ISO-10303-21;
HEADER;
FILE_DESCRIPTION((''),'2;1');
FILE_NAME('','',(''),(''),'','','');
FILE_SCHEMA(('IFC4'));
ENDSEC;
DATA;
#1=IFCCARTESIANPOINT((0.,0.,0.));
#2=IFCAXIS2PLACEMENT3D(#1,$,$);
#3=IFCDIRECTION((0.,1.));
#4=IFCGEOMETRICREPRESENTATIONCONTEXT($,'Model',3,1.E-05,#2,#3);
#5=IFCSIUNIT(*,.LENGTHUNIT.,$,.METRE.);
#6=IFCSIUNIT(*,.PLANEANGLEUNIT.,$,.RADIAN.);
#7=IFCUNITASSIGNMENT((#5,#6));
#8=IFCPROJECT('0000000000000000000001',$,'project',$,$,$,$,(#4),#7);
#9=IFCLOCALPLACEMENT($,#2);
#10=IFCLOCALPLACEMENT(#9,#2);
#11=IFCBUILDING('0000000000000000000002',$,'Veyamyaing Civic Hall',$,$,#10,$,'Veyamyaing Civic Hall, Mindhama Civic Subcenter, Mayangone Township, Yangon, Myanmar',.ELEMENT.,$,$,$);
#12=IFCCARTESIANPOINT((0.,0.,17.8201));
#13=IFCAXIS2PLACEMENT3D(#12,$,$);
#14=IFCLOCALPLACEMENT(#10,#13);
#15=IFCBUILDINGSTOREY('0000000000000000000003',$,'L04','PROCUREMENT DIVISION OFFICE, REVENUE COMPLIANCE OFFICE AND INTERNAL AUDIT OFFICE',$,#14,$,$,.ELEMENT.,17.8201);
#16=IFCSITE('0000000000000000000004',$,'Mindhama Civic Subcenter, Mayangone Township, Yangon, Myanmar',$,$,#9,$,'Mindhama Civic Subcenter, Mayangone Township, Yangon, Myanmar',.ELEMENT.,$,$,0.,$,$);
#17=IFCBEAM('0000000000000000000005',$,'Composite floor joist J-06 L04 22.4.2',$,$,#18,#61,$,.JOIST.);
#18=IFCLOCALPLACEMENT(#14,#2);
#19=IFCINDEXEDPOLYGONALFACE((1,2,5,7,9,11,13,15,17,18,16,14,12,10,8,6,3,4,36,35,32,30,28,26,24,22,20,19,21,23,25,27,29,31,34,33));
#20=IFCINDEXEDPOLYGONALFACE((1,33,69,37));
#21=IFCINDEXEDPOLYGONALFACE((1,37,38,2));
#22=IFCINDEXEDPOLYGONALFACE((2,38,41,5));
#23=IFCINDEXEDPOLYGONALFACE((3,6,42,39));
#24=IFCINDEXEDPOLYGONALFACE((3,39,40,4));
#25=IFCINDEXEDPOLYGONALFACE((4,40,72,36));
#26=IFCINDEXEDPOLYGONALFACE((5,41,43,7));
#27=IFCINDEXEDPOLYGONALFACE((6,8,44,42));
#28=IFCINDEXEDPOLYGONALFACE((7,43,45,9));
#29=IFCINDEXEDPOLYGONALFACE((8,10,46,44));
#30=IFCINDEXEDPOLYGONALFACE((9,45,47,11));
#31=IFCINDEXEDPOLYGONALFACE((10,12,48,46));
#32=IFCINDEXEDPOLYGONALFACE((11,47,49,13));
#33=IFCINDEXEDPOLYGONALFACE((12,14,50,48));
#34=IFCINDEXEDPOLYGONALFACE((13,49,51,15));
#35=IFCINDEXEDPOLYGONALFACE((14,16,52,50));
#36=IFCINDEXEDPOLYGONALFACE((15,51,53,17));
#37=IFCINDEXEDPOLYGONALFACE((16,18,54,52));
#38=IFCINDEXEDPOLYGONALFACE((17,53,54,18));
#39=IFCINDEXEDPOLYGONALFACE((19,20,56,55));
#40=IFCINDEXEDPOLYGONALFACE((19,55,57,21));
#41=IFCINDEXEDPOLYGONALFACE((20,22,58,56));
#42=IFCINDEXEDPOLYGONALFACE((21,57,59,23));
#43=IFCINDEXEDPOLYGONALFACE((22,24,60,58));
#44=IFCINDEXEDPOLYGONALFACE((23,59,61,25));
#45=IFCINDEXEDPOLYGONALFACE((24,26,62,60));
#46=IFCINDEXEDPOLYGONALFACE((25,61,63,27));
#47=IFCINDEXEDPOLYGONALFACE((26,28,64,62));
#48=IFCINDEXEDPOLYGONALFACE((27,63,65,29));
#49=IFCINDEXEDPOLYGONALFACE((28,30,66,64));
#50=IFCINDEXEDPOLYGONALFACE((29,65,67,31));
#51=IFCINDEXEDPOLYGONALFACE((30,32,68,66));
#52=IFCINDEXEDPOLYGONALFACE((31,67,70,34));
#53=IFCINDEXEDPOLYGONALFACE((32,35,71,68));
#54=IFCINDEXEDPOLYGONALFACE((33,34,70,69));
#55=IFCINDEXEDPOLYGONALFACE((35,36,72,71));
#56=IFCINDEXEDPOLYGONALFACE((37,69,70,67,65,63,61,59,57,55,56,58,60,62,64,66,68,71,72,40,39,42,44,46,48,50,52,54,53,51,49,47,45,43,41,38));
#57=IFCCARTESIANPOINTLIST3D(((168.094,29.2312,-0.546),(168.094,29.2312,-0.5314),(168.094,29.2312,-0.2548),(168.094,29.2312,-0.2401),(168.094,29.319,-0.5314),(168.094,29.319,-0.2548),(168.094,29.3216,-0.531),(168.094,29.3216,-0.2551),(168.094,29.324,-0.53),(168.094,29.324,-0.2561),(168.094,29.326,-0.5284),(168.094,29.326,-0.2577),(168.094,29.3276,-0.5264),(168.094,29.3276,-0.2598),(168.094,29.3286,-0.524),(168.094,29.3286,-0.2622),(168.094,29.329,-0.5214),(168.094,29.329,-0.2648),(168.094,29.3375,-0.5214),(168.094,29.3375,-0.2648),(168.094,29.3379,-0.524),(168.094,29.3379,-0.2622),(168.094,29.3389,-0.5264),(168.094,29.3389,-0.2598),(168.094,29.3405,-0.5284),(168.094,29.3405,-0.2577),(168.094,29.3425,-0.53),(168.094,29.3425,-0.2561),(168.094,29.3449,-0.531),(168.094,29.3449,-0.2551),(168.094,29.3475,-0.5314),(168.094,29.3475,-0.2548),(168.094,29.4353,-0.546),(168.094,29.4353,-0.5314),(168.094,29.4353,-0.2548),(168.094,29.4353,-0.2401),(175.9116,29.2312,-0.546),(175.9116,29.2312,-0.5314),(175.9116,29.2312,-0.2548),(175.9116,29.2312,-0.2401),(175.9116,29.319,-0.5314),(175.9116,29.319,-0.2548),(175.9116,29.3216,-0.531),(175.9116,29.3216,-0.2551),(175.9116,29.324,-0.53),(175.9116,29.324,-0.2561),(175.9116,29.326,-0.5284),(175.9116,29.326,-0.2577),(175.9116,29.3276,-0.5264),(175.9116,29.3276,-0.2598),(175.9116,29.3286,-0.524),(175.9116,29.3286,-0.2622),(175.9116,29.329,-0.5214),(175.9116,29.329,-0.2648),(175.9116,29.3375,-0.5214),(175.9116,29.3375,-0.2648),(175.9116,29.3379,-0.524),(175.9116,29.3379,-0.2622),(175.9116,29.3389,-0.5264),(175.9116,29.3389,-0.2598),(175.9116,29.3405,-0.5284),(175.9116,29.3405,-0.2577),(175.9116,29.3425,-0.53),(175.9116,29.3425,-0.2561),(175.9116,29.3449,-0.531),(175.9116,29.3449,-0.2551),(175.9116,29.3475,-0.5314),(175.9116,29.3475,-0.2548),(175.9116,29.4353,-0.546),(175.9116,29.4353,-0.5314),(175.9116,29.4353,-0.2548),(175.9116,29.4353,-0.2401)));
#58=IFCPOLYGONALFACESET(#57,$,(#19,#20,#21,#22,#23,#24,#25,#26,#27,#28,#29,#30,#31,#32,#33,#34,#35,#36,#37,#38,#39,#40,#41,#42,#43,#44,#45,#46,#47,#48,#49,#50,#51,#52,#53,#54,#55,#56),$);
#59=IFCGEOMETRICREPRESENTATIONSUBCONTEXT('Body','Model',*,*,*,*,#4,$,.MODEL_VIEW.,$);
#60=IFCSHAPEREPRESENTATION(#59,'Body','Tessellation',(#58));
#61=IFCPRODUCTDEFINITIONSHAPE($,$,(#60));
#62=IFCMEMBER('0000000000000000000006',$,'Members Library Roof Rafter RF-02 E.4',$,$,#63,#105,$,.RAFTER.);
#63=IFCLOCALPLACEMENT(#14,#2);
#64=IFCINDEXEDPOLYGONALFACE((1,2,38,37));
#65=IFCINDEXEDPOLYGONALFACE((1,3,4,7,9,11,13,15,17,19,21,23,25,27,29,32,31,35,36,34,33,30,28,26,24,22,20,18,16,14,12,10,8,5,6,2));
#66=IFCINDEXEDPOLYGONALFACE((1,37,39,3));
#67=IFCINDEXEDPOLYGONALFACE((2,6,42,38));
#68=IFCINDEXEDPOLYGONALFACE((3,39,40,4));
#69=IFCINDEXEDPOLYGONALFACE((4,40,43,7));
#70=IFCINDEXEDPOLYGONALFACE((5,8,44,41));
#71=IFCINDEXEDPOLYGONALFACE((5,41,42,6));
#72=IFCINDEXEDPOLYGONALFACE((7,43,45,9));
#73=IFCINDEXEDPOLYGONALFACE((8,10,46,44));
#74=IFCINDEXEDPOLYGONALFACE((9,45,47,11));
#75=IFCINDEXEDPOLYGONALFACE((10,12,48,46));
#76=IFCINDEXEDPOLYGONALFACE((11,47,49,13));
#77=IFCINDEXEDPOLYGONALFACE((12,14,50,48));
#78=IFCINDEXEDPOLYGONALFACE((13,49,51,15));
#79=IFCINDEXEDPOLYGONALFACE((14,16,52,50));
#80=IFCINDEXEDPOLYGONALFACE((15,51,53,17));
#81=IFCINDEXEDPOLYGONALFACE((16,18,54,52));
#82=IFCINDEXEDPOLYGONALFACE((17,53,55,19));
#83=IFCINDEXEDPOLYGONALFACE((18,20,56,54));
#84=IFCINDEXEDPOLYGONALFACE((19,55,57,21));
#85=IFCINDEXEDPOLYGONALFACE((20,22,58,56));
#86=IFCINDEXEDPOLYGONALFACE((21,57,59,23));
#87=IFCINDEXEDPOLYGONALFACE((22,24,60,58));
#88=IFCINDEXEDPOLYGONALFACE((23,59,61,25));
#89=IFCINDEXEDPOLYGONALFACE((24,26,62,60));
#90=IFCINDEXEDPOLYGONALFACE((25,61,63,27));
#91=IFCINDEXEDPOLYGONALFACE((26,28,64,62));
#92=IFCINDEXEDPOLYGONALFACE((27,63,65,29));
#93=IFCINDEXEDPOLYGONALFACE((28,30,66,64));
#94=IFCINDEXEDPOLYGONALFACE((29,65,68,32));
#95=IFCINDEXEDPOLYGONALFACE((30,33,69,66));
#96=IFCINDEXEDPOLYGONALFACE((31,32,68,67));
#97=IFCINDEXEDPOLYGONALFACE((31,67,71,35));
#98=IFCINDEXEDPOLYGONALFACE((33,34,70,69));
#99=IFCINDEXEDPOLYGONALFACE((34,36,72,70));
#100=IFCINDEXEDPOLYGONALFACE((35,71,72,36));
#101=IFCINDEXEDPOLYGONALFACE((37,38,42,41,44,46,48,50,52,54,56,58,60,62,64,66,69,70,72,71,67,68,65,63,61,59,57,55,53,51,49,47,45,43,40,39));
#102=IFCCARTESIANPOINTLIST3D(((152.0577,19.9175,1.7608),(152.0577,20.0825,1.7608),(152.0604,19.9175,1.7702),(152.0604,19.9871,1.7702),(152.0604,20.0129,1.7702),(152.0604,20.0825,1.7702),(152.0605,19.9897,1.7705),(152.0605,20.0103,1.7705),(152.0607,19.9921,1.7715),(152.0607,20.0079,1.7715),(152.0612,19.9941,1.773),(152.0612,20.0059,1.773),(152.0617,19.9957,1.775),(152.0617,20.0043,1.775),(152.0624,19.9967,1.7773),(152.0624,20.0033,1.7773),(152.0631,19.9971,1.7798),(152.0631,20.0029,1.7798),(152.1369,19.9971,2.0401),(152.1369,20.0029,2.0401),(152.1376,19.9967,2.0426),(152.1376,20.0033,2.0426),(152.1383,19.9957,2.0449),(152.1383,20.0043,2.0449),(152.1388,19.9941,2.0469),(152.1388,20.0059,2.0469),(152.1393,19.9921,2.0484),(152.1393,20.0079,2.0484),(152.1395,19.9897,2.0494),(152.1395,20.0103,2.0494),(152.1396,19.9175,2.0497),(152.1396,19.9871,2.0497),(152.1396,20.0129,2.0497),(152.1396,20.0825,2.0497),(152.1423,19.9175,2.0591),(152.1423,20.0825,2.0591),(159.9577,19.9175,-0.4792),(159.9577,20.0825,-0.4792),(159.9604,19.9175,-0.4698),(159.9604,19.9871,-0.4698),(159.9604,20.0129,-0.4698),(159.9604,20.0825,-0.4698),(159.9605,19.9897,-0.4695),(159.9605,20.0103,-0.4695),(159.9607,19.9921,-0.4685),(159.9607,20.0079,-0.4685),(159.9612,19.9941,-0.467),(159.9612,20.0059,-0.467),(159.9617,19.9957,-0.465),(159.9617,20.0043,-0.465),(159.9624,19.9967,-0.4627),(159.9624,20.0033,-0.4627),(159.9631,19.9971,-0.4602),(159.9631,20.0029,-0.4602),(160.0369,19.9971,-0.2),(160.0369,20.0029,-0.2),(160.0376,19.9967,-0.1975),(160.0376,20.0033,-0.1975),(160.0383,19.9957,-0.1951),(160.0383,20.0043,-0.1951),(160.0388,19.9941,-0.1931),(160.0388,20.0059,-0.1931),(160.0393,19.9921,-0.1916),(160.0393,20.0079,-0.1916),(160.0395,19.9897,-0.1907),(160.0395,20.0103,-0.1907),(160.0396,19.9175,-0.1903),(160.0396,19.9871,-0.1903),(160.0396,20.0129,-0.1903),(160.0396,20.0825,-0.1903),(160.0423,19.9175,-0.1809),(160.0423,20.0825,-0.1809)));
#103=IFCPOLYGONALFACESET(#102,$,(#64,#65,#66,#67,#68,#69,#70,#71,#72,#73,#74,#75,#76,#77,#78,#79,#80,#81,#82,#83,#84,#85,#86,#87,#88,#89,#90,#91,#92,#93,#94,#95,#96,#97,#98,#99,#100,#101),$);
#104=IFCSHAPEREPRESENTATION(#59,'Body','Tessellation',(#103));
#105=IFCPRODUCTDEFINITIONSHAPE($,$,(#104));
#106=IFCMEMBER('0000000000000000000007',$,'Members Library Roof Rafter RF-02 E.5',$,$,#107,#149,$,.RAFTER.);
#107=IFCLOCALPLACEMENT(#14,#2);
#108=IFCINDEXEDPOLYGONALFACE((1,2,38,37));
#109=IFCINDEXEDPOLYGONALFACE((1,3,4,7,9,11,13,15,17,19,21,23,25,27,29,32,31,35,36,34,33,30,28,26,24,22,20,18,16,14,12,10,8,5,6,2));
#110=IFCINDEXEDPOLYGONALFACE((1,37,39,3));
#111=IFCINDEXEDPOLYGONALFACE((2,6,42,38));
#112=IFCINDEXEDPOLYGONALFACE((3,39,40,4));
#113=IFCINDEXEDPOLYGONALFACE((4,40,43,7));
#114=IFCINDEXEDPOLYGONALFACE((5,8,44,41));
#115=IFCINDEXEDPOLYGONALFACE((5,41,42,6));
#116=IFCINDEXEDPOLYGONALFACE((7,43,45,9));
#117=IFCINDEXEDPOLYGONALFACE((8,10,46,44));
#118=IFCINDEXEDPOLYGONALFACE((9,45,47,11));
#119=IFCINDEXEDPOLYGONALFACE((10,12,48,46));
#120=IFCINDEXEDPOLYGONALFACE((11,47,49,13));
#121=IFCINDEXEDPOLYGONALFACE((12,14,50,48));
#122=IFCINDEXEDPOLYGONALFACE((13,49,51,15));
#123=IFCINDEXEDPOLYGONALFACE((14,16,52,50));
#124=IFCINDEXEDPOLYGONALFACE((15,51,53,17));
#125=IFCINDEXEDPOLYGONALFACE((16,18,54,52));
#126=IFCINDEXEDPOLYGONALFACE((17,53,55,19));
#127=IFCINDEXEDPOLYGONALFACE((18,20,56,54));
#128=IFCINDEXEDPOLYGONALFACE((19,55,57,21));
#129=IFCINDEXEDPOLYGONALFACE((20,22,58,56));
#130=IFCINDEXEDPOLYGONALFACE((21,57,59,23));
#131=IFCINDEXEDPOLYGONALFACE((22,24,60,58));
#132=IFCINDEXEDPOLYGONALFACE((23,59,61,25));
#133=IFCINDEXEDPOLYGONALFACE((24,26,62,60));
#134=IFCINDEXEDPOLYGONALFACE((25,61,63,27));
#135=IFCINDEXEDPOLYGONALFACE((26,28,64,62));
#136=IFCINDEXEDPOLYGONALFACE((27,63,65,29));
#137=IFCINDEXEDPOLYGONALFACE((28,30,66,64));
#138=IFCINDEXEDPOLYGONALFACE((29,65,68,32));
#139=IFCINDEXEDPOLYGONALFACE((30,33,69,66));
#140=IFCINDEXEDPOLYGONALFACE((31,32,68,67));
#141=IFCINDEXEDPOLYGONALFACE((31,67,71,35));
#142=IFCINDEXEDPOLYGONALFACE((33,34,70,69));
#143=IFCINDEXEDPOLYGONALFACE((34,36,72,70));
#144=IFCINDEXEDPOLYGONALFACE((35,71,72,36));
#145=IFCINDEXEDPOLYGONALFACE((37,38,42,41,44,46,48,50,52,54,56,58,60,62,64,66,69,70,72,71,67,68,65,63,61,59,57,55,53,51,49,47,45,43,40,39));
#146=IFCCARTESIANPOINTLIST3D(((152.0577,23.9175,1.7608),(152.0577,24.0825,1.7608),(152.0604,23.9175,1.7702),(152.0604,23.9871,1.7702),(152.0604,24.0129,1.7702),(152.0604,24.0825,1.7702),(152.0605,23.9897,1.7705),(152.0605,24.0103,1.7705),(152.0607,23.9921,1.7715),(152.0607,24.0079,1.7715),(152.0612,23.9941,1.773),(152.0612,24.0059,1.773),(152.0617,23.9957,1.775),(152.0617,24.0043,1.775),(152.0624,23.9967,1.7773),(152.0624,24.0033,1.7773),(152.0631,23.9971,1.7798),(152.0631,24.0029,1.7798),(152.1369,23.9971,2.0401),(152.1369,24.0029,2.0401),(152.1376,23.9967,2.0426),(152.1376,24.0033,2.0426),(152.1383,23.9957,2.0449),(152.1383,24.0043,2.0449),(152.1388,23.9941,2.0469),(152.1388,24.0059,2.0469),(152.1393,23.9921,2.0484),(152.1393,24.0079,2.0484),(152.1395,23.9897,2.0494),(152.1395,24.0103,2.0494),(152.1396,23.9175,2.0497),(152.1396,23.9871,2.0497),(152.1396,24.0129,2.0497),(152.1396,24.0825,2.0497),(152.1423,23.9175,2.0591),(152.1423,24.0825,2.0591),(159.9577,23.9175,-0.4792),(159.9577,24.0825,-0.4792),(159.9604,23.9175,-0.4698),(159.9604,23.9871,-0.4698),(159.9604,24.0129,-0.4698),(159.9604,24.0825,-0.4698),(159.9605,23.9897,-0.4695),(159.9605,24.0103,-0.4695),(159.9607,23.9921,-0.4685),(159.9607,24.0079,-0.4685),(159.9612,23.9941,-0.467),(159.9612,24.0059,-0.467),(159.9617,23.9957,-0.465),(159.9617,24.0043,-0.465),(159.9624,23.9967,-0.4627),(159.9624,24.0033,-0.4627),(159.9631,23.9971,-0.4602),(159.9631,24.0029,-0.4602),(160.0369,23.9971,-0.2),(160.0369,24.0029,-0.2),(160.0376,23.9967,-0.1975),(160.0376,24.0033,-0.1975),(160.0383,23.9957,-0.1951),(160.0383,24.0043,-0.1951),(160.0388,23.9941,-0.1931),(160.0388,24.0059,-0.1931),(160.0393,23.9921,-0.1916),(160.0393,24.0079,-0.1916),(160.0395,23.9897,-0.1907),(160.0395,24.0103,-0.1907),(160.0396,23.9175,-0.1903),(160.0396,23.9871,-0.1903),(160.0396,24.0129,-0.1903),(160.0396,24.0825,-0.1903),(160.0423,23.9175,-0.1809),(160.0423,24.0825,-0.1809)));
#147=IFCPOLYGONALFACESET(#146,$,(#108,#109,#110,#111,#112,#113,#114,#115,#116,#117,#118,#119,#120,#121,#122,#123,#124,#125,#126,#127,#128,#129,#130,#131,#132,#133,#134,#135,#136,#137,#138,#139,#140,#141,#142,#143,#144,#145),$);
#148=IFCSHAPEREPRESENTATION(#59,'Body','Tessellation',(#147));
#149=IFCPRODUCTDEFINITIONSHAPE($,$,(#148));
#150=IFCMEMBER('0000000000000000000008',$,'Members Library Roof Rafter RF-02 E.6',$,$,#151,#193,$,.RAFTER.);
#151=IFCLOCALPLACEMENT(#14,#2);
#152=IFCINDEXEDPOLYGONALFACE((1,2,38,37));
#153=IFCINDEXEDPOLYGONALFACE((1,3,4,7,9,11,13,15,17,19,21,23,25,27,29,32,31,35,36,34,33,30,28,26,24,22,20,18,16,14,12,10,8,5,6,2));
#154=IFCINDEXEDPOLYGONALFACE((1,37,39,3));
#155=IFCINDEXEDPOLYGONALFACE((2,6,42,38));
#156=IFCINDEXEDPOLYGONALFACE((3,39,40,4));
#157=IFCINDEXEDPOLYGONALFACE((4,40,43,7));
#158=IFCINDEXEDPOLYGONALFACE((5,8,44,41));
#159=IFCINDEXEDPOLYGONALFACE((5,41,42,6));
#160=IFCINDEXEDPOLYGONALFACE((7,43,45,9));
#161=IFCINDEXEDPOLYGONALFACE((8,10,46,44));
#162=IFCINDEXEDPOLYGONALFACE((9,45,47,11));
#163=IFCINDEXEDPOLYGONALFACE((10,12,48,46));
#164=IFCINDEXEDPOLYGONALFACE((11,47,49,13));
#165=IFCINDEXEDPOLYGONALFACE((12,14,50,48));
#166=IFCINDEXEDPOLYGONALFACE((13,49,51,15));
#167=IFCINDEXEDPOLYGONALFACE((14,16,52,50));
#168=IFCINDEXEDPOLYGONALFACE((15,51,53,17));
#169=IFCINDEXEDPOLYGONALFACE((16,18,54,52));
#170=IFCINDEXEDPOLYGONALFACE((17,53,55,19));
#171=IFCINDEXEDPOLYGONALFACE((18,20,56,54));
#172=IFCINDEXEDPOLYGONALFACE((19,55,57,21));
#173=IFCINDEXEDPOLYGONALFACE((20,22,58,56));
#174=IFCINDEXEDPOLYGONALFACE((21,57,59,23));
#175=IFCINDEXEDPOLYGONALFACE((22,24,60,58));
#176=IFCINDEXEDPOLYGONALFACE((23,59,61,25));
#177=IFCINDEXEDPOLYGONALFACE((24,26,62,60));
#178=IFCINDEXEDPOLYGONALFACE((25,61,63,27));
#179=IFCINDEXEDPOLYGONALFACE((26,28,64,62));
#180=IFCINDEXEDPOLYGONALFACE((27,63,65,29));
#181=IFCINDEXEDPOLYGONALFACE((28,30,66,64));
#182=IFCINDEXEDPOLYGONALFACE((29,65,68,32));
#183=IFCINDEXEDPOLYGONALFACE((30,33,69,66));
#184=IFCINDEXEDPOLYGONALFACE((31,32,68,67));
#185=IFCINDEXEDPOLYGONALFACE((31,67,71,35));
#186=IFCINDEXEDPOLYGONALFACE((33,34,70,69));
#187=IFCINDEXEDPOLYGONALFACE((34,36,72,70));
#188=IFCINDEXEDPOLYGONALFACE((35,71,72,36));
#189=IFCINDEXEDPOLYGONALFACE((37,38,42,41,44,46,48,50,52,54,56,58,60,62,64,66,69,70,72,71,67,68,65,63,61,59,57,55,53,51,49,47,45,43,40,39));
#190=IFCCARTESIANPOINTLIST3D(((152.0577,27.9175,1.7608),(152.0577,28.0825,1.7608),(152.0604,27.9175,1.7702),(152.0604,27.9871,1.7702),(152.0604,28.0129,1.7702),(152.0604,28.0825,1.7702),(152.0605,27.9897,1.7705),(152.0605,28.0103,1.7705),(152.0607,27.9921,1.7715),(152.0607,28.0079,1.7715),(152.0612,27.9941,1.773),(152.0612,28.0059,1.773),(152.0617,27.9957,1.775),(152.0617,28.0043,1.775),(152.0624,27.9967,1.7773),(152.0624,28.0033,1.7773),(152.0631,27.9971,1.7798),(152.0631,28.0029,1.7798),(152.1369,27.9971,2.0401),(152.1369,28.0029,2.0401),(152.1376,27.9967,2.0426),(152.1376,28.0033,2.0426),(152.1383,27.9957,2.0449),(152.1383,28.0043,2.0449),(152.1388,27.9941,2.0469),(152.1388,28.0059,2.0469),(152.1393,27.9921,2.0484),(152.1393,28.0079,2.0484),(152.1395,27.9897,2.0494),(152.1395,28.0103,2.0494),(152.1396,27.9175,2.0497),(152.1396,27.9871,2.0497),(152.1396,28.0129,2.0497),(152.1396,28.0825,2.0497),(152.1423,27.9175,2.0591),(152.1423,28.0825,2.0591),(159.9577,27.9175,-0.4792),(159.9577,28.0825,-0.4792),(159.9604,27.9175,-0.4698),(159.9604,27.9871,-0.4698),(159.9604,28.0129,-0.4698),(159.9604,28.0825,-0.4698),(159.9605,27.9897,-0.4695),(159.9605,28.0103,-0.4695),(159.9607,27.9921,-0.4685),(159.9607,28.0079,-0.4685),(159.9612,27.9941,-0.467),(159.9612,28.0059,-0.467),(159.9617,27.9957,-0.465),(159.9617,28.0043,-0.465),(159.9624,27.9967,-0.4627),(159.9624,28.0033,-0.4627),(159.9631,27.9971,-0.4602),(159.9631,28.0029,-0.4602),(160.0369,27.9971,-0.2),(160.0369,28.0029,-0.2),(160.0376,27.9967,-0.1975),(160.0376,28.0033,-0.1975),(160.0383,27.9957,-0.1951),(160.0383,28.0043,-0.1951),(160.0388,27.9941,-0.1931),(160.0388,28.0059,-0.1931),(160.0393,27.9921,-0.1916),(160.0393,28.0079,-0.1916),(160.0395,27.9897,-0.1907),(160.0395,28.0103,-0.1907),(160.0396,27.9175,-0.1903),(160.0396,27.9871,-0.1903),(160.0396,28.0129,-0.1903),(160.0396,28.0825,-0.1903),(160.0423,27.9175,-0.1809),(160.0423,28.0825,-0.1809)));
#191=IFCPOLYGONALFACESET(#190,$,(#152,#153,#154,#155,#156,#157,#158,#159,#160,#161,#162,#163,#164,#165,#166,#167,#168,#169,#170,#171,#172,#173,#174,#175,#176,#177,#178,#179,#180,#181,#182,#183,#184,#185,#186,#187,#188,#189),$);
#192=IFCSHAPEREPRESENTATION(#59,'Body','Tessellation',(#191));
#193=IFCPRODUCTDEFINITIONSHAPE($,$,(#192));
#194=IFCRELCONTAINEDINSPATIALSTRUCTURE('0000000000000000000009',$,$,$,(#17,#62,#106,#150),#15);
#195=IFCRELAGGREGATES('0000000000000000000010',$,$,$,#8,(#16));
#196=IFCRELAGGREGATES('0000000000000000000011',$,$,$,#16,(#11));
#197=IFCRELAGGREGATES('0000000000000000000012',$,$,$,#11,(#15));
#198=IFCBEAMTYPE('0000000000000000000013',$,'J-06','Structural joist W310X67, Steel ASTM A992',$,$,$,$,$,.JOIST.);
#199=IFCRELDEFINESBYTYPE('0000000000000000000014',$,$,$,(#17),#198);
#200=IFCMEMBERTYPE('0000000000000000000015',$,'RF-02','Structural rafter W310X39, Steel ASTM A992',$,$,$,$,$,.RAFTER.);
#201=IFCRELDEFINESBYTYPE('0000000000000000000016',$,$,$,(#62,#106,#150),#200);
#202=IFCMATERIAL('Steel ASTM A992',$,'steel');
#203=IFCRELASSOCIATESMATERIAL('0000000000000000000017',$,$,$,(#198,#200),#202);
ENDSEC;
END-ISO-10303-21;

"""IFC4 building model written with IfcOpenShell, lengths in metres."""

from ifc_helpers import new_model, si_unit, direction, frame, origin, origin_2d, place, context, subcontext, project, spatial, i_section, extrude, material, material_profile, profile_set, type_object, element, save


model = new_model("IFC4")

# Units and contexts
model_context = context("Model", 3, precision=1e-05, world=origin(), true_north=direction((0.0, 1.0)))
body_context = subcontext(model_context, "Body", "Model", "MODEL_VIEW")
ifc_project = project(units=[si_unit("LENGTHUNIT", "METRE"), si_unit("PLANEANGLEUNIT", "RADIAN")], contexts=[model_context])

# Site, building, storey
site_placement = place(None, origin())
site = spatial("IfcSite", under=ifc_project, at=site_placement, Name="Mindhama Civic Subcenter, Mayangone Township, Yangon, Myanmar", LongName="Mindhama Civic Subcenter, Mayangone Township, Yangon, Myanmar", CompositionType="ELEMENT", RefElevation=0.0)
building_placement = place(site_placement, origin())
building = spatial("IfcBuilding", under=site, at=building_placement, Name="Veyamyaing Civic Hall", LongName="Veyamyaing Civic Hall, Mindhama Civic Subcenter, Mayangone Township, Yangon, Myanmar", CompositionType="ELEMENT")
storey_placement = place(building_placement, frame((0.0, 0.0, 17.8201)))
storey = spatial("IfcBuildingStorey", under=building, at=storey_placement, Name="L04", Description="PROCUREMENT DIVISION OFFICE, REVENUE COMPLIANCE OFFICE AND INTERNAL AUDIT OFFICE", CompositionType="ELEMENT", Elevation=17.8201)

# Beam
ifc_material_1 = material(Name="Steel ASTM A992", Category="steel")
ifc_material_profile_1 = material_profile(ifc_material_1, i_section(OverallWidth=0.2041, OverallDepth=0.3059, WebThickness=0.0085, FlangeThickness=0.0146, FilletRadius=0.01, at=origin_2d()), Name="W310X67")
ifc_profile_set_1 = profile_set([ifc_material_profile_1], Name="Steel ASTM A992")
beam_type_1 = type_object("IfcBeamType", Name="J-06", Description="Structural joist W310X67, Steel ASTM A992", PredefinedType="JOIST", material=ifc_profile_set_1)
for number, where, z_axis, x_axis, name in (
    (1, (168.094, 29.3333, -0.3931), (1.0, 0.0, 0.0), (0.0, 1.0, 0.0), "Composite floor joist J-06 L04 22.4.2"),
):
    element("IfcBeam", number, at=place(storey_placement, frame(where, z_axis=z_axis, x_axis=x_axis)), inside=storey, type_object=beam_type_1, Name=name, PredefinedType="JOIST", context=body_context, shape_type="SweptSolid", body=[
        extrude(i_section(OverallWidth=0.2041, OverallDepth=0.3059, WebThickness=0.0085, FlangeThickness=0.0146, FilletRadius=0.01, at=origin_2d()), origin(), (0.0, 0.0, 1.0), 7.8176),
    ])

# Members
ifc_material_profile_2 = material_profile(ifc_material_1, i_section(OverallWidth=0.165, OverallDepth=0.3101, WebThickness=0.0059, FlangeThickness=0.0098, FilletRadius=0.01, at=origin_2d()), Name="W310X39")
ifc_profile_set_2 = profile_set([ifc_material_profile_2], Name="Steel ASTM A992")
member_type = type_object("IfcMemberType", Name="RF-02", Description="Structural rafter W310X39, Steel ASTM A992", PredefinedType="RAFTER", material=ifc_profile_set_2)
for number, where, z_axis, x_axis, name in (
    (2, (160.0, 20.0, -0.3301), (-0.962073, 0.0, 0.272792), (0.0, -1.0, 0.0), "Members Library Roof Rafter RF-02 E.4"),
    (3, (160.0, 24.0, -0.3301), (-0.962073, 0.0, 0.272792), (0.0, -1.0, 0.0), "Members Library Roof Rafter RF-02 E.5"),
    (4, (160.0, 28.0, -0.3301), (-0.962073, 0.0, 0.272792), (0.0, -1.0, 0.0), "Members Library Roof Rafter RF-02 E.6"),
):
    element("IfcMember", number, at=place(storey_placement, frame(where, z_axis=z_axis, x_axis=x_axis)), inside=storey, type_object=member_type, Name=name, PredefinedType="RAFTER", context=body_context, shape_type="SweptSolid", body=[
        extrude(i_section(OverallWidth=0.165, OverallDepth=0.3101, WebThickness=0.0059, FlangeThickness=0.0098, FilletRadius=0.01, at=origin_2d()), origin(), (0.0, 0.0, 1.0), 8.2114),
    ])

save(model, "model.ifc")
